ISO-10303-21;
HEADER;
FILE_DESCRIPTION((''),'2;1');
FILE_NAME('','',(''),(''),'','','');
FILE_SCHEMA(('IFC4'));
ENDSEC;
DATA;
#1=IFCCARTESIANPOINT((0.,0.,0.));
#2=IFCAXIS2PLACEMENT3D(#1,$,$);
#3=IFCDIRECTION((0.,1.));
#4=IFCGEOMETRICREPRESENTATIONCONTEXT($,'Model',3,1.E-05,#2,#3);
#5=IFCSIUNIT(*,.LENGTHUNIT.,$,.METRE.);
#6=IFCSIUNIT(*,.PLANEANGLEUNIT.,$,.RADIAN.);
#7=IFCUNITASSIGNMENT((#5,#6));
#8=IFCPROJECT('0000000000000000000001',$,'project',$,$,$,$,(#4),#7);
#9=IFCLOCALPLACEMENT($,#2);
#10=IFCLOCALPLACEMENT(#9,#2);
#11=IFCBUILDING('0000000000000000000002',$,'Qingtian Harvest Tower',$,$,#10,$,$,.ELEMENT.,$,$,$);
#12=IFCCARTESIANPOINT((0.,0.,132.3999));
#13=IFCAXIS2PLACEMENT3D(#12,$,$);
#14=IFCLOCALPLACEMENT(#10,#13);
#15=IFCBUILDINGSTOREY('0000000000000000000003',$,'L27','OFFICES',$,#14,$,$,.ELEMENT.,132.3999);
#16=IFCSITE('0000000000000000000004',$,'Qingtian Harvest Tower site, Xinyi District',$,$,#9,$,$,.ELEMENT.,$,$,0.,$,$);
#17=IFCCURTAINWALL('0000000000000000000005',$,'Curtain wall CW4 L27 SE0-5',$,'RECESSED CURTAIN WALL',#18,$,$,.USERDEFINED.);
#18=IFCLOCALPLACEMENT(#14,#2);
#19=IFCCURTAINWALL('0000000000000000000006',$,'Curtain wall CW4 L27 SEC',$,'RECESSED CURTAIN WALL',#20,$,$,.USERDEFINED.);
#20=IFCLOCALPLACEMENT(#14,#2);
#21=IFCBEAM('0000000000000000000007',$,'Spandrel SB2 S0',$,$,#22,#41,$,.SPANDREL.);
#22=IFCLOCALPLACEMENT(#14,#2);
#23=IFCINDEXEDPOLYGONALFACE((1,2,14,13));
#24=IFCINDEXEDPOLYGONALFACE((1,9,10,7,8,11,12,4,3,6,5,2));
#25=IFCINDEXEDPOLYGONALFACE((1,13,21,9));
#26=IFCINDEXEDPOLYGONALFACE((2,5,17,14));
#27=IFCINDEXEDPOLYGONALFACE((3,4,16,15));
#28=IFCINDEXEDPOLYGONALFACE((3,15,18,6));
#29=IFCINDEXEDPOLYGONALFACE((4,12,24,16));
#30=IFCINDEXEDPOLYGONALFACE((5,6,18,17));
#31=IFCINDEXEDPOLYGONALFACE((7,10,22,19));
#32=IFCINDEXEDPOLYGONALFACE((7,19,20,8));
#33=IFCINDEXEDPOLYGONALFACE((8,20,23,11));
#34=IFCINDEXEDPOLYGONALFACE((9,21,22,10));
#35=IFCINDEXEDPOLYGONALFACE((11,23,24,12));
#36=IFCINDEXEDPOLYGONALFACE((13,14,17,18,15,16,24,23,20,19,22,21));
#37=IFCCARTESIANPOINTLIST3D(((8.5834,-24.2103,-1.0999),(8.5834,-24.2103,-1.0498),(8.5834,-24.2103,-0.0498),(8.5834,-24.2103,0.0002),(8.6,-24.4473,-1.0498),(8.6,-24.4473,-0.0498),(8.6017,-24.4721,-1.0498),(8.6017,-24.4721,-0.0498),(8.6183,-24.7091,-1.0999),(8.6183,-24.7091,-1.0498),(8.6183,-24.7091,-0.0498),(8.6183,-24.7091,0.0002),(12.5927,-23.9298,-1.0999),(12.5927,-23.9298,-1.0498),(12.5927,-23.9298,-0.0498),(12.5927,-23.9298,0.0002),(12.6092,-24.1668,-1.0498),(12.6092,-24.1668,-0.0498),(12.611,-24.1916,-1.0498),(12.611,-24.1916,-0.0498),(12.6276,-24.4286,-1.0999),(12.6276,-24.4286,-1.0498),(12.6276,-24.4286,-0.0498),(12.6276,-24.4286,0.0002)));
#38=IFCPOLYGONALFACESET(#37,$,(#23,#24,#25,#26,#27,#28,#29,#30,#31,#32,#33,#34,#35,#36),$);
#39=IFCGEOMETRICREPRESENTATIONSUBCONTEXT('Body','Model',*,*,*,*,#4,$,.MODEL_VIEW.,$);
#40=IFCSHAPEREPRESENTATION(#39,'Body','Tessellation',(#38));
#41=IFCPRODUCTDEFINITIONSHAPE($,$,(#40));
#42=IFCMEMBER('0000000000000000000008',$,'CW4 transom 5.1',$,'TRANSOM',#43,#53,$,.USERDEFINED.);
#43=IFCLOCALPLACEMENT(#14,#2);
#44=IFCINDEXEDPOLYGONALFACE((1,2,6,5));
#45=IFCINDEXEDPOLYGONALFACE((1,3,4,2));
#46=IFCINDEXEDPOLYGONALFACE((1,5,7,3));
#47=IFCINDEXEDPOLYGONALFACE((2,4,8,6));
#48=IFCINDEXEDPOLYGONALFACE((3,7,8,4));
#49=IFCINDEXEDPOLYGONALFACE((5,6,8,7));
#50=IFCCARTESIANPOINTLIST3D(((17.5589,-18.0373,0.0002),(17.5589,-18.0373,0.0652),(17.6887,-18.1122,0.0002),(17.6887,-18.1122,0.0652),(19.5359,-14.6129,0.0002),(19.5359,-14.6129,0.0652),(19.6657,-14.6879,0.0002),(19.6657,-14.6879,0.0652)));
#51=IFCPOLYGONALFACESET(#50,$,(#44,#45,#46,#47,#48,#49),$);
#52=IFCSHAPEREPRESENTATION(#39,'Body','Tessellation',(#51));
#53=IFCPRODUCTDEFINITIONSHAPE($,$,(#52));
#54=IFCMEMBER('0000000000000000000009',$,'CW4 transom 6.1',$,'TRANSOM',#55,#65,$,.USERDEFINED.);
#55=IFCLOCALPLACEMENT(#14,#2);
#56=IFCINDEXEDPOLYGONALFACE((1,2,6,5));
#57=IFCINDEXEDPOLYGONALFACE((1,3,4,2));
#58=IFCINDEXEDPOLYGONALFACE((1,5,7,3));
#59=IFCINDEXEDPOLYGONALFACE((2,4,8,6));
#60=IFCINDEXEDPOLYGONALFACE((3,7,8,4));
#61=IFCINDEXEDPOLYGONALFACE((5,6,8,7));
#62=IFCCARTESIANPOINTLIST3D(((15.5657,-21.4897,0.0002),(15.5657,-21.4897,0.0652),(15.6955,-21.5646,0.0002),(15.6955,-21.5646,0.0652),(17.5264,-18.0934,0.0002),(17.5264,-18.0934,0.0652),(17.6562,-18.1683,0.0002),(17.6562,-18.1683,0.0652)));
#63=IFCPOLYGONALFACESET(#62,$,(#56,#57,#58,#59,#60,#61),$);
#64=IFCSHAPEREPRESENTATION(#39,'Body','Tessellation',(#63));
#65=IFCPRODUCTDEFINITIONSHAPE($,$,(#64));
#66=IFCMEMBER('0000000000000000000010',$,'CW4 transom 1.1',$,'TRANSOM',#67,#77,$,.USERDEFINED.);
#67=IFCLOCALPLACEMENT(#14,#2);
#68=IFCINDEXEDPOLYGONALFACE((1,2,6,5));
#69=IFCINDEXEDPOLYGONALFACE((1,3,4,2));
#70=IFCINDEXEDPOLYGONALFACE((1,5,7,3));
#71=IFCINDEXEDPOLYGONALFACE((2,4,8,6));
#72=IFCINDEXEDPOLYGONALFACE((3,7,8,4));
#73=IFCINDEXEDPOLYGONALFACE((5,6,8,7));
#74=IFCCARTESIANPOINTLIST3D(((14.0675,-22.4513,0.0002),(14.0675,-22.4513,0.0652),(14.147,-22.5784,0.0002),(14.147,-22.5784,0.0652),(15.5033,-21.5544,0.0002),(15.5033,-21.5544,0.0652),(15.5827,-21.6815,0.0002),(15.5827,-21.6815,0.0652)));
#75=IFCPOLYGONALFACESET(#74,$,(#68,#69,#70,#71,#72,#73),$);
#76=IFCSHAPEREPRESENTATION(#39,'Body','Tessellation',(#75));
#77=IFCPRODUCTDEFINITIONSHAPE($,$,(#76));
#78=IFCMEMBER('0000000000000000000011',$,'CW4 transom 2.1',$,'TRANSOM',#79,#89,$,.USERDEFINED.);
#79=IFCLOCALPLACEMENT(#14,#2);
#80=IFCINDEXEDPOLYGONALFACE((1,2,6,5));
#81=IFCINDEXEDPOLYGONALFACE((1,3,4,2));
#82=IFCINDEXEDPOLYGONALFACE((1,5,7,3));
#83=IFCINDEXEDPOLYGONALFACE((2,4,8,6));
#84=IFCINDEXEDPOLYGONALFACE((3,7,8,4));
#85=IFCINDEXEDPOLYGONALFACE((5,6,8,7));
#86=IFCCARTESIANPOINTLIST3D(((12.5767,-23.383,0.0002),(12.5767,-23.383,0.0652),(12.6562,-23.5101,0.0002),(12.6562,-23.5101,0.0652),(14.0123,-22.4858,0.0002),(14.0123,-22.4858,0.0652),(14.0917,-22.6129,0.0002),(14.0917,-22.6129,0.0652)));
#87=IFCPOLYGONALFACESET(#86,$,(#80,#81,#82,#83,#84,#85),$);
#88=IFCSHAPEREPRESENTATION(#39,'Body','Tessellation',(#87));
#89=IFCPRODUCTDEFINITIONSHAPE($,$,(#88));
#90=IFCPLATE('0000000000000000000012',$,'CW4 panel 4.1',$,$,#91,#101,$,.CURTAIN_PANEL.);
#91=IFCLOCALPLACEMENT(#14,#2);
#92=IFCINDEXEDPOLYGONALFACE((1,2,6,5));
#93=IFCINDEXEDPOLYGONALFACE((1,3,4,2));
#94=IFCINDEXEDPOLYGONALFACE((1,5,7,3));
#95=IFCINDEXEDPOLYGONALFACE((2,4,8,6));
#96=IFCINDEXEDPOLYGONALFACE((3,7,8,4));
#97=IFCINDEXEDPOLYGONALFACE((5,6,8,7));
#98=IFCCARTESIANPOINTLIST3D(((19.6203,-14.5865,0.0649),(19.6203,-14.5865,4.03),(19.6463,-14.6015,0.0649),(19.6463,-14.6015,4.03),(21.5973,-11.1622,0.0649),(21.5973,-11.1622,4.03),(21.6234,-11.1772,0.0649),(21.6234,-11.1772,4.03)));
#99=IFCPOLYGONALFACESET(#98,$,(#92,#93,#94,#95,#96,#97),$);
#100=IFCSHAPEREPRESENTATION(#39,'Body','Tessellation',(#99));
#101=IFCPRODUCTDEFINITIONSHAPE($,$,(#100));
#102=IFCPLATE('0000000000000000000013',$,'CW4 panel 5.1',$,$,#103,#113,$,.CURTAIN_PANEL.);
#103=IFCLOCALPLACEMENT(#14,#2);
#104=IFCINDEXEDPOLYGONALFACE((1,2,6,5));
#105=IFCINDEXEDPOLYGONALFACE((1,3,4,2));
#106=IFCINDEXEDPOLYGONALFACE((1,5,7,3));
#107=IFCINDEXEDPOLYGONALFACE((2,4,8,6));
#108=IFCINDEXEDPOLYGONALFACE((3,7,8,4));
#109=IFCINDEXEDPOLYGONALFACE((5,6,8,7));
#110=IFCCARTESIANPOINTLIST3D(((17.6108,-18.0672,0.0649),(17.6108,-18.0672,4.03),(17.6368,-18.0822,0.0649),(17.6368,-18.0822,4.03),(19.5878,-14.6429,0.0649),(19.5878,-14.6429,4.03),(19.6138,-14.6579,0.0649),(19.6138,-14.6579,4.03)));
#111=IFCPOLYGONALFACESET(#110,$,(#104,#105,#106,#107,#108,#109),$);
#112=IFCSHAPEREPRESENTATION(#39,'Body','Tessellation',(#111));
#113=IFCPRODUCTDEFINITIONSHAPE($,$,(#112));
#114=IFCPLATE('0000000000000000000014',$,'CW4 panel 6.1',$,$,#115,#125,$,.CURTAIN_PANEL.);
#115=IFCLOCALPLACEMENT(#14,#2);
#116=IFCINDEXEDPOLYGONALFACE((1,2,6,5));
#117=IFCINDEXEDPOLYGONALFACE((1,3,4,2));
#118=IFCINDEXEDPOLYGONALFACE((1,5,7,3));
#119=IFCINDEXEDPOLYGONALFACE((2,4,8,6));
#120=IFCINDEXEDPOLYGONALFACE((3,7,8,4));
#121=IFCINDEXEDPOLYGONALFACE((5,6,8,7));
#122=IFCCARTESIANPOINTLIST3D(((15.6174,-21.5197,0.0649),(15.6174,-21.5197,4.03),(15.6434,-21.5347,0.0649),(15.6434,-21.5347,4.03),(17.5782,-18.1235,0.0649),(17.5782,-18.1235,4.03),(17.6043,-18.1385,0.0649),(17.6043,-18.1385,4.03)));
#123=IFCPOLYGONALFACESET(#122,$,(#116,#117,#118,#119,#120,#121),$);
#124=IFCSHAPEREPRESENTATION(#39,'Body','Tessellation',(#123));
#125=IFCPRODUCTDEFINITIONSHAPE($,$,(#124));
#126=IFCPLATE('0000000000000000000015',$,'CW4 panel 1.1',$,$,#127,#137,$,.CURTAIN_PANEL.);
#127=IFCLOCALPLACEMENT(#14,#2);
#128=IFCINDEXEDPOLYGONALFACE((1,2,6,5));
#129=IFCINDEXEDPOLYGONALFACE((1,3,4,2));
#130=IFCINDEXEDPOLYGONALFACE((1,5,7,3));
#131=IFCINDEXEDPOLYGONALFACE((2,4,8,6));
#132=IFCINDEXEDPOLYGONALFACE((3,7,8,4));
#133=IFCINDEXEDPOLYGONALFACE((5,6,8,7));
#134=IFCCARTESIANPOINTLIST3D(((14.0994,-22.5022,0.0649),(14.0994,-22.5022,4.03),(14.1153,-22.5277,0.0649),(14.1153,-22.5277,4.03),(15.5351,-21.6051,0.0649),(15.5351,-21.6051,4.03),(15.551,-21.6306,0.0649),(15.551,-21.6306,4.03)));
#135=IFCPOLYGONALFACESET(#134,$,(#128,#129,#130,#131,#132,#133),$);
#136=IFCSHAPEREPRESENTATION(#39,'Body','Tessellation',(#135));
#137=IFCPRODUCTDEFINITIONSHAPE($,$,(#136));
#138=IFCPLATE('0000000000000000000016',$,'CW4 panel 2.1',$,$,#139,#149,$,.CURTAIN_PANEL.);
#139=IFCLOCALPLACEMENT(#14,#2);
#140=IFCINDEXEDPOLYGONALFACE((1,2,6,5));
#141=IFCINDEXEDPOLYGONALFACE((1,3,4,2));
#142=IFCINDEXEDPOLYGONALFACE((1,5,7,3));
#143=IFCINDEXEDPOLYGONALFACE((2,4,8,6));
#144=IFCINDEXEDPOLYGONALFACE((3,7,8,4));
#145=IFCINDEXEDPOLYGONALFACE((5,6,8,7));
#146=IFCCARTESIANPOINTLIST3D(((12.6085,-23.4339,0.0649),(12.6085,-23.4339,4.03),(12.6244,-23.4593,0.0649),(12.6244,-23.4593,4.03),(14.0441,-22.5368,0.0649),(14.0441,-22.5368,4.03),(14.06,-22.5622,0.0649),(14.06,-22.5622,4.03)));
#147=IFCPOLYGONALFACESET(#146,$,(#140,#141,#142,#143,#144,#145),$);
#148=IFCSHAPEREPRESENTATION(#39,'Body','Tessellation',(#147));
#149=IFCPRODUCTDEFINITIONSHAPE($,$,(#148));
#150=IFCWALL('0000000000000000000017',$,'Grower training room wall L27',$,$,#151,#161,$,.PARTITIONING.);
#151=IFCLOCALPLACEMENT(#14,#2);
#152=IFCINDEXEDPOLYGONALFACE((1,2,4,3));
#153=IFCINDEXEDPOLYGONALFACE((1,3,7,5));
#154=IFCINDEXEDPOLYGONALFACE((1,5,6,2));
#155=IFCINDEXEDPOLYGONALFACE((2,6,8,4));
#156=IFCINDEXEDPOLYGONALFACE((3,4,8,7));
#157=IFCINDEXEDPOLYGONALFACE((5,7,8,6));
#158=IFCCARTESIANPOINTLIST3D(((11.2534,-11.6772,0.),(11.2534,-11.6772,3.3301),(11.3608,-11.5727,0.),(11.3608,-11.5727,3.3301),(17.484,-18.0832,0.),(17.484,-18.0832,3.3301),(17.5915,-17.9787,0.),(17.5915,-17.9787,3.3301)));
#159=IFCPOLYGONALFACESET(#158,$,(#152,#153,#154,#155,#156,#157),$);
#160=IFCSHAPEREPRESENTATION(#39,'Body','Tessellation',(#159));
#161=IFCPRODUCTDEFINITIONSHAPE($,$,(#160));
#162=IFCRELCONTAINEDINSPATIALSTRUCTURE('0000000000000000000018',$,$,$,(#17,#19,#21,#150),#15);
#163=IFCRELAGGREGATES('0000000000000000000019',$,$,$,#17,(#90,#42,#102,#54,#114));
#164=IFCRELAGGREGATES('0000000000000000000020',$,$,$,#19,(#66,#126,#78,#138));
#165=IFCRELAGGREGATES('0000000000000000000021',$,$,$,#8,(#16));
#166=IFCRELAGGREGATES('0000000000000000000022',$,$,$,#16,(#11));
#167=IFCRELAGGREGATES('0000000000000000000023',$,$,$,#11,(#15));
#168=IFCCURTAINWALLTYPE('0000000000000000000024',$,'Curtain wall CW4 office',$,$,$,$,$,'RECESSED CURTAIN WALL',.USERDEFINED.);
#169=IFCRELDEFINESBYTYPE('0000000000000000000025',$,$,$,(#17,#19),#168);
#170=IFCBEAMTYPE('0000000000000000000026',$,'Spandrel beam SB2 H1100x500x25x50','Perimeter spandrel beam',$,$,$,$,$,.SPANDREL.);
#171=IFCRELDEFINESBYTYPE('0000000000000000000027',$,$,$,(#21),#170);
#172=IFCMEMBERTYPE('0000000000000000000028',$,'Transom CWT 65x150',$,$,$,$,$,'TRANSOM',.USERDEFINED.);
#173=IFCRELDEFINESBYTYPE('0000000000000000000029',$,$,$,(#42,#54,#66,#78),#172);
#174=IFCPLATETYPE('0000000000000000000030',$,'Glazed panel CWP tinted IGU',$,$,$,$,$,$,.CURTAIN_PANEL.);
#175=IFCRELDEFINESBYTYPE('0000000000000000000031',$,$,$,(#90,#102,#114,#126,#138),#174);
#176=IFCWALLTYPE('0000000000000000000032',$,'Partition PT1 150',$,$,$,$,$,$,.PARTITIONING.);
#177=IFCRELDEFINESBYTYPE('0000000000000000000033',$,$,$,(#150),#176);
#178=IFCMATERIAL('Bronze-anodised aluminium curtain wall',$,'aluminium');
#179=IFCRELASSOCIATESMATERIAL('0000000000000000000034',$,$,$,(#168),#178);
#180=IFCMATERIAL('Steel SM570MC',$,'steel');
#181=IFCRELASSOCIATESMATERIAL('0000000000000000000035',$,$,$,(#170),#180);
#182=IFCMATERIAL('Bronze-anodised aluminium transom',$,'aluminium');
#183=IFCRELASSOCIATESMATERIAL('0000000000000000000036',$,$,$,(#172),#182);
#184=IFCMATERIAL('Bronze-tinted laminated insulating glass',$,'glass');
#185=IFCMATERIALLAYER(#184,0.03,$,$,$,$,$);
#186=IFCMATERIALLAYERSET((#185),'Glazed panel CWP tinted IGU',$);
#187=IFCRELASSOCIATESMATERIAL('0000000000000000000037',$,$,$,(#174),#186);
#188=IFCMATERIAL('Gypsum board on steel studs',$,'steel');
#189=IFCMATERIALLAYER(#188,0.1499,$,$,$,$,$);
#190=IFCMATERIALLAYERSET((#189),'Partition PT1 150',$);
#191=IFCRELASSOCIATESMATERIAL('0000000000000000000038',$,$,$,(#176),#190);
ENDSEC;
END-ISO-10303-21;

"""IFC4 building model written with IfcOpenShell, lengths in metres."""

from ifc_helpers import new_model, si_unit, direction, frame, frame_2d, origin, origin_2d, place, context, subcontext, project, spatial, rectangle, i_section, extrude, material, layer, layer_set, material_profile, profile_set, type_object, element, aggregate, save


model = new_model("IFC4")

# Units and contexts
model_context = context("Model", 3, precision=1e-05, world=origin(), true_north=direction((0.0, 1.0)))
body_context = subcontext(model_context, "Body", "Model", "MODEL_VIEW")
ifc_project = project(units=[si_unit("LENGTHUNIT", "METRE"), si_unit("PLANEANGLEUNIT", "RADIAN")], contexts=[model_context])

# Site, building, storey
site_placement = place(None, origin())
site = spatial("IfcSite", under=ifc_project, at=site_placement, Name="Qingtian Harvest Tower site, Xinyi District", CompositionType="ELEMENT", RefElevation=0.0)
building_placement = place(site_placement, origin())
building = spatial("IfcBuilding", under=site, at=building_placement, Name="Qingtian Harvest Tower", CompositionType="ELEMENT")
storey_placement = place(building_placement, frame((0.0, 0.0, 132.3999)))
storey = spatial("IfcBuildingStorey", under=building, at=storey_placement, Name="L27", Description="OFFICES", CompositionType="ELEMENT", Elevation=132.3999)

# Curtain walls
ifc_material_1 = material(Name="Bronze-anodised aluminium curtain wall", Category="aluminium")
curtain_wall_type = type_object("IfcCurtainWallType", Name="Curtain wall CW4 office", ElementType="RECESSED CURTAIN WALL", PredefinedType="USERDEFINED", material=ifc_material_1)
curtain_wall_1_placement = place(storey_placement, origin())
curtain_wall_1 = element("IfcCurtainWall", 1, at=curtain_wall_1_placement, inside=storey, type_object=curtain_wall_type, Name="Curtain wall CW4 L27 SE0-5", ObjectType="RECESSED CURTAIN WALL", PredefinedType="USERDEFINED")
curtain_wall_2_placement = place(storey_placement, origin())
curtain_wall_2 = element("IfcCurtainWall", 2, at=curtain_wall_2_placement, inside=storey, type_object=curtain_wall_type, Name="Curtain wall CW4 L27 SEC", ObjectType="RECESSED CURTAIN WALL", PredefinedType="USERDEFINED")

# Beam
ifc_material_2 = material(Name="Steel SM570MC", Category="steel")
ifc_material_profile_1 = material_profile(ifc_material_2, i_section(OverallWidth=0.5, OverallDepth=1.1001, WebThickness=0.0249, FlangeThickness=0.05, at=origin_2d()), Name="H1100x500x25x50")
ifc_profile_set_1 = profile_set([ifc_material_profile_1], Name="Steel SM570MC")
beam_type_1 = type_object("IfcBeamType", Name="Spandrel beam SB2 H1100x500x25x50", Description="Perimeter spandrel beam", PredefinedType="SPANDREL", material=ifc_profile_set_1)
beam_1_placement = place(storey_placement, frame((12.6101, -24.1792, -0.5498), z_axis=(-0.997561, -0.069796, 0.0), x_axis=(0.069796, -0.997561, 0.0)))
element("IfcBeam", 3, at=beam_1_placement, inside=storey, type_object=beam_type_1, Name="Spandrel SB2 S0", PredefinedType="SPANDREL", context=body_context, shape_type="SweptSolid", body=[
    extrude(i_section(OverallWidth=0.5, OverallDepth=1.1001, WebThickness=0.0249, FlangeThickness=0.05, at=origin_2d()), origin(), (0.0, 0.0, 1.0), 4.019),
])

# Members
ifc_material_3 = material(Name="Bronze-anodised aluminium transom", Category="aluminium")
ifc_material_profile_2 = material_profile(ifc_material_3, rectangle(XDim=0.1499, YDim=0.0649, at=origin_2d()), Name="AL 65x150")
ifc_profile_set_2 = profile_set([ifc_material_profile_2], Name="Bronze-anodised aluminium transom")
member_type_1 = type_object("IfcMemberType", Name="Transom CWT 65x150", ElementType="TRANSOM", PredefinedType="USERDEFINED", material=ifc_profile_set_2)
member_1_placement = place(storey_placement, frame((19.6008, -14.6504, 0.0327), z_axis=(-0.500004, -0.866023, 0.0), x_axis=(0.866023, -0.500004, 0.0)))
member_1 = element("IfcMember", 4, at=member_1_placement, type_object=member_type_1, Name="CW4 transom 5.1", ObjectType="TRANSOM", PredefinedType="USERDEFINED", context=body_context, shape_type="SweptSolid", body=[
    extrude(rectangle(XDim=0.1499, YDim=0.0649, at=origin_2d()), origin(), (0.0, 0.0, 1.0), 3.9541),
])
member_2_placement = place(storey_placement, frame((17.5913, -18.1309, 0.0327), z_axis=(-0.499976, -0.866039, 0.0), x_axis=(0.866039, -0.499976, 0.0)))
member_2 = element("IfcMember", 5, at=member_2_placement, type_object=member_type_1, Name="CW4 transom 6.1", ObjectType="TRANSOM", PredefinedType="USERDEFINED", context=body_context, shape_type="SweptSolid", body=[
    extrude(rectangle(XDim=0.1499, YDim=0.0649, at=origin_2d()), origin(), (0.0, 0.0, 1.0), 3.9216),
])
member_3_placement = place(storey_placement, frame((15.543, -21.6179, 0.0327), z_axis=(-0.848104, -0.52983, 0.0), x_axis=(0.52983, -0.848104, 0.0)))
member_3 = element("IfcMember", 6, at=member_3_placement, type_object=member_type_1, Name="CW4 transom 1.1", ObjectType="TRANSOM", PredefinedType="USERDEFINED", context=body_context, shape_type="SweptSolid", body=[
    extrude(rectangle(XDim=0.1499, YDim=0.0649, at=origin_2d()), origin(), (0.0, 0.0, 1.0), 1.6929),
])
member_4_placement = place(storey_placement, frame((14.052, -22.5493, 0.0327), z_axis=(-0.847998, -0.529999, 0.0), x_axis=(0.529999, -0.847998, 0.0)))
member_4 = element("IfcMember", 7, at=member_4_placement, type_object=member_type_1, Name="CW4 transom 2.1", ObjectType="TRANSOM", PredefinedType="USERDEFINED", context=body_context, shape_type="SweptSolid", body=[
    extrude(rectangle(XDim=0.1499, YDim=0.0649, at=origin_2d()), origin(), (0.0, 0.0, 1.0), 1.6929),
])

# Plates
ifc_material_4 = material(Name="Bronze-tinted laminated insulating glass", Category="glass")
ifc_layer_1 = layer(ifc_material_4, 0.03)
ifc_layer_set_1 = layer_set([ifc_layer_1], Name="Glazed panel CWP tinted IGU")
plate_type = type_object("IfcPlateType", Name="Glazed panel CWP tinted IGU", PredefinedType="CURTAIN_PANEL", material=ifc_layer_set_1)
plate_1_placement = place(storey_placement, frame((20.6218, -12.8818, 0.0649), z_axis=(0.0, 0.0, 1.0), x_axis=(-0.5, -0.866025, 0.0)))
plate_1 = element("IfcPlate", 8, at=plate_1_placement, type_object=plate_type, Name="CW4 panel 4.1", PredefinedType="CURTAIN_PANEL", context=body_context, shape_type="SweptSolid", body=[
    extrude(rectangle(XDim=3.9541, YDim=0.03, at=origin_2d()), origin(), (0.0, 0.0, 1.0), 3.9651),
])
plate_2_placement = place(storey_placement, frame((18.6123, -16.3625, 0.0649), z_axis=(0.0, 0.0, 1.0), x_axis=(-0.5, -0.866025, 0.0)))
plate_2 = element("IfcPlate", 9, at=plate_2_placement, type_object=plate_type, Name="CW4 panel 5.1", PredefinedType="CURTAIN_PANEL", context=body_context, shape_type="SweptSolid", body=[
    extrude(rectangle(XDim=3.9541, YDim=0.03, at=origin_2d()), origin(), (0.0, 0.0, 1.0), 3.9651),
])
plate_3_placement = place(storey_placement, frame((16.6108, -19.8291, 0.0649), z_axis=(0.0, 0.0, 1.0), x_axis=(-0.5, -0.866025, 0.0)))
plate_3 = element("IfcPlate", 10, at=plate_3_placement, type_object=plate_type, Name="CW4 panel 6.1", PredefinedType="CURTAIN_PANEL", context=body_context, shape_type="SweptSolid", body=[
    extrude(rectangle(XDim=3.9216, YDim=0.03, at=origin_2d()), origin(), (0.0, 0.0, 1.0), 3.9651),
])
aggregate(curtain_wall_1, [plate_1, member_1, plate_2, member_2, plate_3])
plate_4_placement = place(storey_placement, frame((14.8252, -22.0664, 0.0649), z_axis=(0.0, 0.0, 1.0), x_axis=(-0.848048, -0.529919, 0.0)))
plate_4 = element("IfcPlate", 11, at=plate_4_placement, type_object=plate_type, Name="CW4 panel 1.1", PredefinedType="CURTAIN_PANEL", context=body_context, shape_type="SweptSolid", body=[
    extrude(rectangle(XDim=1.6929, YDim=0.03, at=origin_2d()), origin(), (0.0, 0.0, 1.0), 3.9651),
])
plate_5_placement = place(storey_placement, frame((13.3342, -22.998, 0.0649), z_axis=(0.0, 0.0, 1.0), x_axis=(-0.848048, -0.529919, 0.0)))
plate_5 = element("IfcPlate", 12, at=plate_5_placement, type_object=plate_type, Name="CW4 panel 2.1", PredefinedType="CURTAIN_PANEL", context=body_context, shape_type="SweptSolid", body=[
    extrude(rectangle(XDim=1.6929, YDim=0.03, at=origin_2d()), origin(), (0.0, 0.0, 1.0), 3.9651),
])
aggregate(curtain_wall_2, [member_3, plate_4, member_4, plate_5])

# Wall
ifc_material_5 = material(Name="Gypsum board on steel studs", Category="steel")
ifc_layer_2 = layer(ifc_material_5, 0.1499)
ifc_layer_set_2 = layer_set([ifc_layer_2], Name="Partition PT1 150")
wall_type = type_object("IfcWallType", Name="Partition PT1 150", PredefinedType="PARTITIONING", material=ifc_layer_set_2)
wall_placement = place(storey_placement, frame((17.5378, -18.031, 0.0), z_axis=(0.0, 0.0, 1.0), x_axis=(-0.697231, 0.716847, 0.0)))
element("IfcWall", 13, at=wall_placement, inside=storey, type_object=wall_type, Name="Grower training room wall L27", PredefinedType="PARTITIONING", context=body_context, shape_type="SweptSolid", body=[
    extrude(rectangle(XDim=8.9363, YDim=0.1499, at=frame_2d((4.4683, 0.0))), origin(), (0.0, 0.0, 1.0), 3.3301),
])

save(model, "model.ifc")
